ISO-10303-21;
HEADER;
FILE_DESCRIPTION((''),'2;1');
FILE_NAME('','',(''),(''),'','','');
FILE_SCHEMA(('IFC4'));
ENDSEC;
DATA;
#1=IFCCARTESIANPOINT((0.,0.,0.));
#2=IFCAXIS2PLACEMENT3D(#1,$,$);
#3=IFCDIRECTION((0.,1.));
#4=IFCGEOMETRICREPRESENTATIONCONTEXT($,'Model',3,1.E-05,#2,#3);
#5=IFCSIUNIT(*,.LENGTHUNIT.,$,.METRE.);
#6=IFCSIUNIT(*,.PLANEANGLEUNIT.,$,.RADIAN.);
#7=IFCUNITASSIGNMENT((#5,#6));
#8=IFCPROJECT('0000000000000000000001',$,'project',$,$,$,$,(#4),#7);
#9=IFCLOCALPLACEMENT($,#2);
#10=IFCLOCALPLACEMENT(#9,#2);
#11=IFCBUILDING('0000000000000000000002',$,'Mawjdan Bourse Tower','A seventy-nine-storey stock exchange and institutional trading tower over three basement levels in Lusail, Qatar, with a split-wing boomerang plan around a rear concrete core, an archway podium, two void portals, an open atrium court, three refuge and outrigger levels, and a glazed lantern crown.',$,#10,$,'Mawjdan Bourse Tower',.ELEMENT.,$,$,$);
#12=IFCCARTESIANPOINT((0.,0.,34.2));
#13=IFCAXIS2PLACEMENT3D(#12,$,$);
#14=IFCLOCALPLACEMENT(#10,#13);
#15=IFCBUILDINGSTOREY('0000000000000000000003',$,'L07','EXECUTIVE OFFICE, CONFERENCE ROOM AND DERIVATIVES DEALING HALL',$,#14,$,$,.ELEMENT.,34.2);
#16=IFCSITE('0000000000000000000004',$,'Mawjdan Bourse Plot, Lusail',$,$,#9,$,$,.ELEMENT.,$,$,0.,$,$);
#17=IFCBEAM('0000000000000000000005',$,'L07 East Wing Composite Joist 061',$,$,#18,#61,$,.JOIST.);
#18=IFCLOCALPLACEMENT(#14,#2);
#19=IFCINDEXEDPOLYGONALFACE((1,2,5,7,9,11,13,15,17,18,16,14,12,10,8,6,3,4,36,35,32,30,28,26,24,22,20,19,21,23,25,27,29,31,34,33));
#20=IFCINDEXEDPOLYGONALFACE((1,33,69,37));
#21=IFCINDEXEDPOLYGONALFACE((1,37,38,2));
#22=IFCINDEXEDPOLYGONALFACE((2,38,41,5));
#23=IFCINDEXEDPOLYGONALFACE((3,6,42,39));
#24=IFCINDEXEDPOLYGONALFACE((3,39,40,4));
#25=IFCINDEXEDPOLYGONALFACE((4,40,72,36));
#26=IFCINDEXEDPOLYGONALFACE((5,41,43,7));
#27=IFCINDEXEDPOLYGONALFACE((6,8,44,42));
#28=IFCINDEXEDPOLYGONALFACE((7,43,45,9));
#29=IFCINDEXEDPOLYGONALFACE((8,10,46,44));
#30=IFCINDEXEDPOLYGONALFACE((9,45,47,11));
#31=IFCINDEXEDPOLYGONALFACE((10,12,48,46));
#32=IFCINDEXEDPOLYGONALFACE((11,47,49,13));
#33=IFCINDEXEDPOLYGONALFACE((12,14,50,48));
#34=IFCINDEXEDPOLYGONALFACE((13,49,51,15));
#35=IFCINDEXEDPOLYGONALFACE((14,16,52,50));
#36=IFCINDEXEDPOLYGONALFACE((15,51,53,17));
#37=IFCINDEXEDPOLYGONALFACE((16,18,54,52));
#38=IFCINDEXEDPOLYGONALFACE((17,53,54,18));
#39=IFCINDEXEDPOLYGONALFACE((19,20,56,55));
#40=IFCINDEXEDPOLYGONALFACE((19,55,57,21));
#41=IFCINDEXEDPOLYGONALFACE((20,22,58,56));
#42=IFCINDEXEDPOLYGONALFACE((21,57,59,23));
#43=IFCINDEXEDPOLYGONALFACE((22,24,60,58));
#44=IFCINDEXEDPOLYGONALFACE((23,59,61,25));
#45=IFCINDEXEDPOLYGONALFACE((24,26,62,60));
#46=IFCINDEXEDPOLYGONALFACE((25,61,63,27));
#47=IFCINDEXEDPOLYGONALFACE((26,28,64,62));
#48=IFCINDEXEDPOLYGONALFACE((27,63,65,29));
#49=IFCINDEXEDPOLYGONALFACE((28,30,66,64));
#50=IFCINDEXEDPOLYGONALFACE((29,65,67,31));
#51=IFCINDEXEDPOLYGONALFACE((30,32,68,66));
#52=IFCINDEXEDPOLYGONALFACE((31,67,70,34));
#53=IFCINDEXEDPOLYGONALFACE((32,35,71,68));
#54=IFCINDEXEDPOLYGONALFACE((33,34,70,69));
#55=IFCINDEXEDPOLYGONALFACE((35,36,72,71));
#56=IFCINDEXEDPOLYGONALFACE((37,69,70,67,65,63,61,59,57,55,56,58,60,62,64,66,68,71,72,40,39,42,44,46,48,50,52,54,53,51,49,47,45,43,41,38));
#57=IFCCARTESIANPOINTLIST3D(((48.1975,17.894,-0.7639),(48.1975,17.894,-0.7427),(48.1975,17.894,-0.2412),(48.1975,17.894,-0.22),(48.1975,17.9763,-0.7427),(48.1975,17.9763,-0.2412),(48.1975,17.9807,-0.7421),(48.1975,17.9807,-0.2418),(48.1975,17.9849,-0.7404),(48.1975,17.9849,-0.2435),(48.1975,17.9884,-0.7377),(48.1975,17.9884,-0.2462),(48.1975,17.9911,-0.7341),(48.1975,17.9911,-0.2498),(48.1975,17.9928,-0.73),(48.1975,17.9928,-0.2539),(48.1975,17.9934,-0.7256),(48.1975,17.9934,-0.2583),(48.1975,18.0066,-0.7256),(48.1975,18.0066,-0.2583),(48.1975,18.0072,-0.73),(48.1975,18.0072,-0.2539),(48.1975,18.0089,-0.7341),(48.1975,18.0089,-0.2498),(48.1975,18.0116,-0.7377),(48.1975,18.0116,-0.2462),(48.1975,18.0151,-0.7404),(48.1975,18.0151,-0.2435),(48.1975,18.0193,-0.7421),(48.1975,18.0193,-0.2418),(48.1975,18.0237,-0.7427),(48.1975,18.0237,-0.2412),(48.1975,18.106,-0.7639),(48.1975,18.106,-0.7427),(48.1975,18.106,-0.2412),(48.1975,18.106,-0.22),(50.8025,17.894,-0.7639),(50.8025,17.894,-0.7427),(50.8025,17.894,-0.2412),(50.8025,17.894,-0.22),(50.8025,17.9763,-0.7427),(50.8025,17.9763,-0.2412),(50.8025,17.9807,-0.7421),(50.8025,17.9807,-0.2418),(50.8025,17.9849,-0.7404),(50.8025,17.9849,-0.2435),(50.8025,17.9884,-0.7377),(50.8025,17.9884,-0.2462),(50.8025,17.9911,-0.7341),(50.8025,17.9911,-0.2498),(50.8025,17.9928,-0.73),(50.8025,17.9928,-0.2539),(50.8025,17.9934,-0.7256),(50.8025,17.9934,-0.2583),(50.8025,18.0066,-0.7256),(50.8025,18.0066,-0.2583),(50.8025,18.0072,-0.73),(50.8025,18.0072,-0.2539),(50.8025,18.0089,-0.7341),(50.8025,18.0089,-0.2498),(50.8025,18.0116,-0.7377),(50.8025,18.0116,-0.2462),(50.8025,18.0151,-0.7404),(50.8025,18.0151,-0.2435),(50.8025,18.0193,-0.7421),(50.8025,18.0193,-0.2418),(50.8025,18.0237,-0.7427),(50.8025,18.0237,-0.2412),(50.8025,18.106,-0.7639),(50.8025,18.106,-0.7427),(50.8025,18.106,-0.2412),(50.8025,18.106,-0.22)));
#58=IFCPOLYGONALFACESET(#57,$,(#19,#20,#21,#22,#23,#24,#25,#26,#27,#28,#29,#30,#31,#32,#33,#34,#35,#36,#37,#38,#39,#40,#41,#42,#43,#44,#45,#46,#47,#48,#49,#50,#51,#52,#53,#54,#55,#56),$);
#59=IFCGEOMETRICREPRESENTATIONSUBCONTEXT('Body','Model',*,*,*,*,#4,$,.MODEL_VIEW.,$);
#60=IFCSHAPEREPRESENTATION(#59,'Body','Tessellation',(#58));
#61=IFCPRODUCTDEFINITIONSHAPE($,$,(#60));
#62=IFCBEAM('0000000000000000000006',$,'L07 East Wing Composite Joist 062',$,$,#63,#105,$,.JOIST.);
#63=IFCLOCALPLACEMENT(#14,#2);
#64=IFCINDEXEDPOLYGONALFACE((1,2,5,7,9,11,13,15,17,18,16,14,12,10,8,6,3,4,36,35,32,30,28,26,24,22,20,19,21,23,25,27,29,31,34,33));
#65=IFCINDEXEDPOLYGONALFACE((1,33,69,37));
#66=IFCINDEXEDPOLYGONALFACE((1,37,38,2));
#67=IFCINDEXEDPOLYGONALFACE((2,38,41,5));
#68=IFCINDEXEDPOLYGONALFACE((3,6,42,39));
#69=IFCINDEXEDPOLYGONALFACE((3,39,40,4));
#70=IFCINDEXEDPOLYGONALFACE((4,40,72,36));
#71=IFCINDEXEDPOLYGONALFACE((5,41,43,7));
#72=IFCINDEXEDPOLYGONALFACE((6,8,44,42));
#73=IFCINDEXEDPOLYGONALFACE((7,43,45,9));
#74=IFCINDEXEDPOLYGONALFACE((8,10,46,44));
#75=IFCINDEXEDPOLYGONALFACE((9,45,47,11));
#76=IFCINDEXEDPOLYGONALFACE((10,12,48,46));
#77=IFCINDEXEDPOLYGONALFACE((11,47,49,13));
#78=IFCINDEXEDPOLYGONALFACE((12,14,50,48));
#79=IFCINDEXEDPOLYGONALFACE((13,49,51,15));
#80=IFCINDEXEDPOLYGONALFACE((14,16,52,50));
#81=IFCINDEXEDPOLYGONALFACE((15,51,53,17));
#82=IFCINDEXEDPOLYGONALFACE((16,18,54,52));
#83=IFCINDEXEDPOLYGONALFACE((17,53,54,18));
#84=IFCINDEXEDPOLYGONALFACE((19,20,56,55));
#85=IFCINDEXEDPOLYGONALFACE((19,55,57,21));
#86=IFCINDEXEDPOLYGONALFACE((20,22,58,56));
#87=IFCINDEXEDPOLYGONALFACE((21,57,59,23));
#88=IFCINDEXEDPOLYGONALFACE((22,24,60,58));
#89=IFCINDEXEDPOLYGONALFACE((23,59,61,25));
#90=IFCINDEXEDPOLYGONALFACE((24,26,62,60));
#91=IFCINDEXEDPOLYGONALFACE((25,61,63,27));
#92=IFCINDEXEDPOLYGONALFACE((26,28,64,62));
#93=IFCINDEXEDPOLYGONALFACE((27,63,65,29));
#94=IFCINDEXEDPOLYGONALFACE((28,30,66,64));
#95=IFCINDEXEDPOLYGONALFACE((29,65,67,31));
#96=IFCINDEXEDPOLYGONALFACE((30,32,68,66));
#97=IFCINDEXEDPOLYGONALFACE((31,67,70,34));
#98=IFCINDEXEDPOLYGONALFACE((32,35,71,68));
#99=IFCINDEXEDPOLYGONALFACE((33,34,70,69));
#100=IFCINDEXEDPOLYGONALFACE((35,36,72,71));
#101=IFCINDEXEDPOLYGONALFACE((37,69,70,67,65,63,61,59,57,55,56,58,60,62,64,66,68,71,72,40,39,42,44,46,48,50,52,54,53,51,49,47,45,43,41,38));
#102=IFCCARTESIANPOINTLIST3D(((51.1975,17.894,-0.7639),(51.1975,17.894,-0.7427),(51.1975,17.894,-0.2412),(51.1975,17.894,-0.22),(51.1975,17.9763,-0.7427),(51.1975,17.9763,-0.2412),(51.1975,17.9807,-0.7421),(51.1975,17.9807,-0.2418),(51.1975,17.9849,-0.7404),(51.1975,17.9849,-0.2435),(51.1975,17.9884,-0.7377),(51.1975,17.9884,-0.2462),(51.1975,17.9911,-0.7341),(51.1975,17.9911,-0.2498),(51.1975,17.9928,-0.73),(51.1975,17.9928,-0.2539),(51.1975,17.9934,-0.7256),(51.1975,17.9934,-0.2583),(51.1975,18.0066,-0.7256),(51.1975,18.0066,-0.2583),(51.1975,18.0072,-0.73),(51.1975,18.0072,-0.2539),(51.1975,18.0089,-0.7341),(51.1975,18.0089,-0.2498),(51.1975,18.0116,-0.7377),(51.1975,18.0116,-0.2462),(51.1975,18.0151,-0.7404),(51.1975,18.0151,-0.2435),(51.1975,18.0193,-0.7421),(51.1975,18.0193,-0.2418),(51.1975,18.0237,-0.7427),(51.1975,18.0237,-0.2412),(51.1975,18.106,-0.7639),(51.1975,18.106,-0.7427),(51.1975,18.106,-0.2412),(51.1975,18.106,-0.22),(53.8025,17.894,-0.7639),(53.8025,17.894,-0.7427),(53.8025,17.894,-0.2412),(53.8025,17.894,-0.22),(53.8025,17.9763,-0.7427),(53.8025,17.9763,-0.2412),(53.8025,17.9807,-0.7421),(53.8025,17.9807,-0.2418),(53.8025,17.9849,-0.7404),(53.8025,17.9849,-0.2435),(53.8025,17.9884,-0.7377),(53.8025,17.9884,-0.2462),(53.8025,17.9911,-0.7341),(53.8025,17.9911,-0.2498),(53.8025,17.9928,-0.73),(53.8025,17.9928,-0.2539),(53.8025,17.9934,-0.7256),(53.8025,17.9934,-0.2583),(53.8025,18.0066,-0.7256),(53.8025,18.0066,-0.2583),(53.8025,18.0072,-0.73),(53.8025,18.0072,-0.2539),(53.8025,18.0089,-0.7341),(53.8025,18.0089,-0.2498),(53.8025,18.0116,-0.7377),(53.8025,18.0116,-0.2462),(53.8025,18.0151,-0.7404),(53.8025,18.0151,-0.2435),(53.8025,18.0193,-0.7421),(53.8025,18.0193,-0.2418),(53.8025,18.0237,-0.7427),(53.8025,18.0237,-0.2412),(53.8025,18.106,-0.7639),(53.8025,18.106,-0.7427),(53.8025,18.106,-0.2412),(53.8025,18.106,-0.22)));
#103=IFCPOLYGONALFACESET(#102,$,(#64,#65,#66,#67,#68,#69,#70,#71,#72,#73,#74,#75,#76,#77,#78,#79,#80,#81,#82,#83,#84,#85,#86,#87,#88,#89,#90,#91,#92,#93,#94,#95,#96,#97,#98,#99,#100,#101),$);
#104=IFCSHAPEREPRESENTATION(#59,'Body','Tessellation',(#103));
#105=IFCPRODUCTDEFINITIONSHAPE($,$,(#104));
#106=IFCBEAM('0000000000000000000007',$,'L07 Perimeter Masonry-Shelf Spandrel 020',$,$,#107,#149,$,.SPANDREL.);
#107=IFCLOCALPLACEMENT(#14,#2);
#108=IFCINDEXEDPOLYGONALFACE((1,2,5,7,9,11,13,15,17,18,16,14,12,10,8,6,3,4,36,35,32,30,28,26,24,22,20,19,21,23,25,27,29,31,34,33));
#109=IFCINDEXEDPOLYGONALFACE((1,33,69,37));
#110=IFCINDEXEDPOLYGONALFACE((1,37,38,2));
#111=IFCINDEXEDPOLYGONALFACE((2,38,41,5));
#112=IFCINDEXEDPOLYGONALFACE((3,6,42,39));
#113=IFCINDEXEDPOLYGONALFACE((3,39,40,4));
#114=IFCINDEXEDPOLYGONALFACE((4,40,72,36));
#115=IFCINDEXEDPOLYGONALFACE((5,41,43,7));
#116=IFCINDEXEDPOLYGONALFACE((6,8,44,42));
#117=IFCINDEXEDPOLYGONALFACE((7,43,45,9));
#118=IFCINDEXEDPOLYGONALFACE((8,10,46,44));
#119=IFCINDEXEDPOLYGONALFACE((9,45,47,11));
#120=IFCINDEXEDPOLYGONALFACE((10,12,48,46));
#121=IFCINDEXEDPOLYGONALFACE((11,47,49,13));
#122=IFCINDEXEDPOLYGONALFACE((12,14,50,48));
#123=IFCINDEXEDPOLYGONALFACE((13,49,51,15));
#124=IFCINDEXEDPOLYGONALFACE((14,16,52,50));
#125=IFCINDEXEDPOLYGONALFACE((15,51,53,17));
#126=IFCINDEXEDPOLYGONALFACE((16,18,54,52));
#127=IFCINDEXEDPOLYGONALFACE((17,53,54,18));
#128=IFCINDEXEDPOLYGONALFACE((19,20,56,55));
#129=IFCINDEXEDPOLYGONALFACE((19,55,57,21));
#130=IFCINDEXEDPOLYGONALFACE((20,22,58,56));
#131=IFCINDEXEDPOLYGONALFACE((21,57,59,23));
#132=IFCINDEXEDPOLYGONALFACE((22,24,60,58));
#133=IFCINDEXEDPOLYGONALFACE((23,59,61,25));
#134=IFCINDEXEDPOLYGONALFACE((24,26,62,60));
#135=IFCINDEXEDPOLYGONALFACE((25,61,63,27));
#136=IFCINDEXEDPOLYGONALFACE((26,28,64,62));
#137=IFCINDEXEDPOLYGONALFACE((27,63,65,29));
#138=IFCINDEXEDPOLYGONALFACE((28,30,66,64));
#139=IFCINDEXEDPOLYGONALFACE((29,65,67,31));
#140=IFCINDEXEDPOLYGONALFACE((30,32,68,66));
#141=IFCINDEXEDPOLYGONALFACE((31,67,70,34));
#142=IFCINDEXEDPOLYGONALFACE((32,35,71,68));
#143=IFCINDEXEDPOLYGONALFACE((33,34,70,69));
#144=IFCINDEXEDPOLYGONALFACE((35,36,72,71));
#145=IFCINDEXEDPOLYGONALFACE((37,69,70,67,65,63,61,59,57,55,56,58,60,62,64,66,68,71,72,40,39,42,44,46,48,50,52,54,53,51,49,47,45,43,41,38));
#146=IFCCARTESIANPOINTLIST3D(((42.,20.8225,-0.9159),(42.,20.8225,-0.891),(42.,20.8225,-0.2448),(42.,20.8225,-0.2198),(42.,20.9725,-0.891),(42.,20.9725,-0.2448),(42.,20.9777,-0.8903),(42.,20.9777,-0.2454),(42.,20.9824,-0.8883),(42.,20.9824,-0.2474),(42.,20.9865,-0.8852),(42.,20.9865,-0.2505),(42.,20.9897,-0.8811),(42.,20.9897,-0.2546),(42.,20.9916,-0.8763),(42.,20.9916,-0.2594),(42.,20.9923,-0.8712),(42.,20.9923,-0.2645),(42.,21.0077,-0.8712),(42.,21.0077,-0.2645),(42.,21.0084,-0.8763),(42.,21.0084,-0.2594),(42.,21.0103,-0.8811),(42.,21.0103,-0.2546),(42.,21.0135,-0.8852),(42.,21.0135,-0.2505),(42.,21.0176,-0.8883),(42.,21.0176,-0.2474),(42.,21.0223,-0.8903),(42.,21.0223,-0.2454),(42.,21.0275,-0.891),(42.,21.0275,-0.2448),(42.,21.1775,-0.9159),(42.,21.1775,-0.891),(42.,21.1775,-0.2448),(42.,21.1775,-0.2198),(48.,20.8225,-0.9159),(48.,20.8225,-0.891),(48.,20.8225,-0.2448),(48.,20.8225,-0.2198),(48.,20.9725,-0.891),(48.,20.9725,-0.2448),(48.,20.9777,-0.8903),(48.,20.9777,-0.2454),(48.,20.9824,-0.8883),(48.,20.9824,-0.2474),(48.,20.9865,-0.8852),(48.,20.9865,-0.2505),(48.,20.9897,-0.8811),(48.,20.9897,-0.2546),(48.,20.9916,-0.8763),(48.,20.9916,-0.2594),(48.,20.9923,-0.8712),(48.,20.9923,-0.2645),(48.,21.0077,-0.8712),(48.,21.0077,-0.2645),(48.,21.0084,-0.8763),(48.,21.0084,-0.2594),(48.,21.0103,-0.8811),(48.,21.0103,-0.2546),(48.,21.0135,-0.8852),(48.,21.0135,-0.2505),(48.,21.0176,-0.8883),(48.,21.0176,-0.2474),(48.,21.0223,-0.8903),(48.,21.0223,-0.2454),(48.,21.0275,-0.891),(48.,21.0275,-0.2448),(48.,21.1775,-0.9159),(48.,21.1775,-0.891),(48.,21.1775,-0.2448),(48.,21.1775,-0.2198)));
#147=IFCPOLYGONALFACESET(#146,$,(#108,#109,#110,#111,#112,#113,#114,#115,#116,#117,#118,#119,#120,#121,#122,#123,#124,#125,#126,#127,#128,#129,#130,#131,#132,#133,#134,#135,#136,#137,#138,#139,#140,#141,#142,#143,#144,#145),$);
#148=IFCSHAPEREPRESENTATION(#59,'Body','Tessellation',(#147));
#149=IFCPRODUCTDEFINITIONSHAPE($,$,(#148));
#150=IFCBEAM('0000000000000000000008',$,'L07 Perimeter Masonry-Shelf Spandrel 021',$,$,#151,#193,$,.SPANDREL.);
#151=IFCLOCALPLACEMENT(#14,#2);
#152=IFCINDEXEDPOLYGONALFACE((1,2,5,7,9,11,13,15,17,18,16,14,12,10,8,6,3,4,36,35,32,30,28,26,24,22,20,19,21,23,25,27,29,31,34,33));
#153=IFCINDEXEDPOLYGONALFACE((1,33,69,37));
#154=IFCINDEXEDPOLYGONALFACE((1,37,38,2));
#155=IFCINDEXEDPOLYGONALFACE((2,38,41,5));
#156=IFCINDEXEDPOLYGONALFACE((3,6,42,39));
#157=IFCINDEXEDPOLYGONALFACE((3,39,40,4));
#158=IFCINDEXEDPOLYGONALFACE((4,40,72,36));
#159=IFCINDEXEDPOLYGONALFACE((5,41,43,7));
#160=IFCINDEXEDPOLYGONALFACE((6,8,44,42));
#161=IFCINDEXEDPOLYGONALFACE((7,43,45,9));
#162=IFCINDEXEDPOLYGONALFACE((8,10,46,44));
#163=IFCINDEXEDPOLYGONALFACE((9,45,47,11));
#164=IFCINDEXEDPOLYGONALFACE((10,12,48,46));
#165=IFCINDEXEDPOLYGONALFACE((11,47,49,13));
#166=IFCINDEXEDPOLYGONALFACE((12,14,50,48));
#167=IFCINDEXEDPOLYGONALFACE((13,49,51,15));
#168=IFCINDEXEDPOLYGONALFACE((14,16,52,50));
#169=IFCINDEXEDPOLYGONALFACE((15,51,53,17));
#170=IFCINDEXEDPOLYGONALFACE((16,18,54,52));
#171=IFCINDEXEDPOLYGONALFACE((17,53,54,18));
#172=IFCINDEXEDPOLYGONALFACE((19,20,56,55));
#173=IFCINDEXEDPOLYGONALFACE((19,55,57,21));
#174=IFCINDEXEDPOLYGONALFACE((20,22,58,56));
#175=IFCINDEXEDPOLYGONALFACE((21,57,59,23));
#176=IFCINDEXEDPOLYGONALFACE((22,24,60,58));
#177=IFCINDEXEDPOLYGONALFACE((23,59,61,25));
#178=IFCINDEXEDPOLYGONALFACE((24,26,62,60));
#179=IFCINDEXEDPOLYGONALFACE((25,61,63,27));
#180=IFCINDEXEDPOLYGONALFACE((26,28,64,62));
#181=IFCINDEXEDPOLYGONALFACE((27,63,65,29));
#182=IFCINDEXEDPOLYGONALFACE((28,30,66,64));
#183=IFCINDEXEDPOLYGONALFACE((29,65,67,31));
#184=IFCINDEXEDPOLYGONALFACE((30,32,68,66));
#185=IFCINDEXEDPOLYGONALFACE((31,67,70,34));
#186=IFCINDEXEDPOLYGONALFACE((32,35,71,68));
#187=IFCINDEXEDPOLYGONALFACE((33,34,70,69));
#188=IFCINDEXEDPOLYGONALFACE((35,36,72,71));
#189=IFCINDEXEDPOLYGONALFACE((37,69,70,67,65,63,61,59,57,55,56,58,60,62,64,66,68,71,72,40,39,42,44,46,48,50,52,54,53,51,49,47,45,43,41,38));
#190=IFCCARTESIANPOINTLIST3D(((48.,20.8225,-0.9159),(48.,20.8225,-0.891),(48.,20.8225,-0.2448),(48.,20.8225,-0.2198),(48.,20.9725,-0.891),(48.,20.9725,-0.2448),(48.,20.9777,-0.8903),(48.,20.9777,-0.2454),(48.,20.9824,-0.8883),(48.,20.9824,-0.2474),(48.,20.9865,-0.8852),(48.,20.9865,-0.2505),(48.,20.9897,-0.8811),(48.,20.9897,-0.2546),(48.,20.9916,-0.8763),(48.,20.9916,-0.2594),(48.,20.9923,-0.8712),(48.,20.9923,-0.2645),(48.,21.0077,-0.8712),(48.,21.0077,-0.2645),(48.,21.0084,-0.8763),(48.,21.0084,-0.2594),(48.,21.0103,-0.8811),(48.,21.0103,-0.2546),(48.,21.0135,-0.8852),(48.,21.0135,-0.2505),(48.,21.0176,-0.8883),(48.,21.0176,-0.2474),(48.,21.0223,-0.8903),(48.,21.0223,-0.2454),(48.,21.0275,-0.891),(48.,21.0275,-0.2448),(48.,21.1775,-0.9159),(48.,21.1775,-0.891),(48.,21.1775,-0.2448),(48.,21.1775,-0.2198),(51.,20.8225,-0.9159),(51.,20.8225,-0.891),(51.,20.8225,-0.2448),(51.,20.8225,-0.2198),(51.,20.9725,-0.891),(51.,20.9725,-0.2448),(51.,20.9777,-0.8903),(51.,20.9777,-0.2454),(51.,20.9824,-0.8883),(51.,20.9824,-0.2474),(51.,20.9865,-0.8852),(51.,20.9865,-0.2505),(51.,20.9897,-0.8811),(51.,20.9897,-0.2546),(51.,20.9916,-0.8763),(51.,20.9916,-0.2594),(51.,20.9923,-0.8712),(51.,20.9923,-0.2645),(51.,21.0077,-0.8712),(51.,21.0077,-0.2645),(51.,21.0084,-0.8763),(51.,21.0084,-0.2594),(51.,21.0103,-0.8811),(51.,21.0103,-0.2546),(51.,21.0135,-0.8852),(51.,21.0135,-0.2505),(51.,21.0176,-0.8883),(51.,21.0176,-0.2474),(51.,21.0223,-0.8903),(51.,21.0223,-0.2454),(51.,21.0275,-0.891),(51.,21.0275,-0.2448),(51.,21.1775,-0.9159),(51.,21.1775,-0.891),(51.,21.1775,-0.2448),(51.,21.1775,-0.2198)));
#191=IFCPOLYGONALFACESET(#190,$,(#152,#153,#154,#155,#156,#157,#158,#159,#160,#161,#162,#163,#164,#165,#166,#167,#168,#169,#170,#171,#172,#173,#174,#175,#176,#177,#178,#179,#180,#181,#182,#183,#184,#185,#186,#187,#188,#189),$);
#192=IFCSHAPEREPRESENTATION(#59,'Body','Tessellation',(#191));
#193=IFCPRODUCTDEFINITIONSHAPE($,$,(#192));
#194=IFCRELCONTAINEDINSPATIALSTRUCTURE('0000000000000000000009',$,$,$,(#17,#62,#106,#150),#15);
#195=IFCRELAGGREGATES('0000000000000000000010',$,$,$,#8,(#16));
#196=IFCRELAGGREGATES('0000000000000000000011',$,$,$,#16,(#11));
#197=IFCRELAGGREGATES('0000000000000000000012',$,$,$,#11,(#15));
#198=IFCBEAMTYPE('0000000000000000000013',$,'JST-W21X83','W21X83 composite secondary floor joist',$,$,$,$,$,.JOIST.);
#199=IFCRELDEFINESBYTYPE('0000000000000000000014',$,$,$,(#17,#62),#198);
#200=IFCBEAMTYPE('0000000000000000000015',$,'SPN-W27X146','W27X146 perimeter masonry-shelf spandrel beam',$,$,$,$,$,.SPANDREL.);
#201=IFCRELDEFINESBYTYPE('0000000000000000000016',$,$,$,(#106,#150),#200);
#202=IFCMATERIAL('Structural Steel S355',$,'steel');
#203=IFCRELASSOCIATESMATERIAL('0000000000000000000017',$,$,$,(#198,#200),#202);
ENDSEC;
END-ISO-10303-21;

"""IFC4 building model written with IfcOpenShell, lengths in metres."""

from ifc_helpers import new_model, si_unit, direction, frame, origin, origin_2d, place, context, subcontext, project, spatial, i_section, extrude, material, material_profile, profile_set, type_object, element, save


model = new_model("IFC4")

# Units and contexts
model_context = context("Model", 3, precision=1e-05, world=origin(), true_north=direction((0.0, 1.0)))
body_context = subcontext(model_context, "Body", "Model", "MODEL_VIEW")
ifc_project = project(units=[si_unit("LENGTHUNIT", "METRE"), si_unit("PLANEANGLEUNIT", "RADIAN")], contexts=[model_context])

# Site, building, storey
site_placement = place(None, origin())
site = spatial("IfcSite", under=ifc_project, at=site_placement, Name="Mawjdan Bourse Plot, Lusail", CompositionType="ELEMENT", RefElevation=0.0)
building_placement = place(site_placement, origin())
building = spatial("IfcBuilding", under=site, at=building_placement, Name="Mawjdan Bourse Tower", Description="A seventy-nine-storey stock exchange and institutional trading tower over three basement levels in Lusail, Qatar, with a split-wing boomerang plan around a rear concrete core, an archway podium, two void portals, an open atrium court, three refuge and outrigger levels, and a glazed lantern crown.", LongName="Mawjdan Bourse Tower", CompositionType="ELEMENT")
storey_placement = place(building_placement, frame((0.0, 0.0, 34.2)))
storey = spatial("IfcBuildingStorey", under=building, at=storey_placement, Name="L07", Description="EXECUTIVE OFFICE, CONFERENCE ROOM AND DERIVATIVES DEALING HALL", CompositionType="ELEMENT", Elevation=34.2)

# Beams
ifc_material_1 = material(Name="Structural Steel S355", Category="steel")
ifc_material_profile_1 = material_profile(ifc_material_1, i_section(OverallWidth=0.2119, OverallDepth=0.5439, WebThickness=0.0132, FlangeThickness=0.0212, FilletRadius=0.0171, at=origin_2d()), Name="W21X83")
ifc_profile_set_1 = profile_set([ifc_material_profile_1], Name="Structural Steel S355")
beam_type_1 = type_object("IfcBeamType", Name="JST-W21X83", Description="W21X83 composite secondary floor joist", PredefinedType="JOIST", material=ifc_profile_set_1)
for number, where, z_axis, x_axis, name in (
    (1, (48.1975, 18.0, -0.4919), (1.0, 0.0, 0.0), (0.0, 1.0, 0.0), "L07 East Wing Composite Joist 061"),
    (2, (51.1975, 18.0, -0.4919), (1.0, 0.0, 0.0), (0.0, 1.0, 0.0), "L07 East Wing Composite Joist 062"),
):
    element("IfcBeam", number, at=place(storey_placement, frame(where, z_axis=z_axis, x_axis=x_axis)), inside=storey, type_object=beam_type_1, Name=name, PredefinedType="JOIST", context=body_context, shape_type="SweptSolid", body=[
        extrude(i_section(OverallWidth=0.2119, OverallDepth=0.5439, WebThickness=0.0132, FlangeThickness=0.0212, FilletRadius=0.0171, at=origin_2d()), origin(), (0.0, 0.0, 1.0), 2.605),
    ])
ifc_material_profile_2 = material_profile(ifc_material_1, i_section(OverallWidth=0.355, OverallDepth=0.696, WebThickness=0.0154, FlangeThickness=0.0249, FilletRadius=0.0198, at=origin_2d()), Name="W27X146")
ifc_profile_set_2 = profile_set([ifc_material_profile_2], Name="Structural Steel S355")
beam_type_2 = type_object("IfcBeamType", Name="SPN-W27X146", Description="W27X146 perimeter masonry-shelf spandrel beam", PredefinedType="SPANDREL", material=ifc_profile_set_2)
beam_1_placement = place(storey_placement, frame((42.0, 21.0, -0.5679), z_axis=(1.0, 0.0, 0.0), x_axis=(0.0, 1.0, 0.0)))
element("IfcBeam", 3, at=beam_1_placement, inside=storey, type_object=beam_type_2, Name="L07 Perimeter Masonry-Shelf Spandrel 020", PredefinedType="SPANDREL", context=body_context, shape_type="SweptSolid", body=[
    extrude(i_section(OverallWidth=0.355, OverallDepth=0.696, WebThickness=0.0154, FlangeThickness=0.0249, FilletRadius=0.0198, at=origin_2d()), origin(), (0.0, 0.0, 1.0), 6.0),
])
for number, where, z_axis, x_axis, name in (
    (4, (48.0, 21.0, -0.5679), (1.0, 0.0, 0.0), (0.0, 1.0, 0.0), "L07 Perimeter Masonry-Shelf Spandrel 021"),
):
    element("IfcBeam", number, at=place(storey_placement, frame(where, z_axis=z_axis, x_axis=x_axis)), inside=storey, type_object=beam_type_2, Name=name, PredefinedType="SPANDREL", context=body_context, shape_type="SweptSolid", body=[
        extrude(i_section(OverallWidth=0.355, OverallDepth=0.696, WebThickness=0.0154, FlangeThickness=0.0249, FilletRadius=0.0198, at=origin_2d()), origin(), (0.0, 0.0, 1.0), 3.0),
    ])

save(model, "model.ifc")
